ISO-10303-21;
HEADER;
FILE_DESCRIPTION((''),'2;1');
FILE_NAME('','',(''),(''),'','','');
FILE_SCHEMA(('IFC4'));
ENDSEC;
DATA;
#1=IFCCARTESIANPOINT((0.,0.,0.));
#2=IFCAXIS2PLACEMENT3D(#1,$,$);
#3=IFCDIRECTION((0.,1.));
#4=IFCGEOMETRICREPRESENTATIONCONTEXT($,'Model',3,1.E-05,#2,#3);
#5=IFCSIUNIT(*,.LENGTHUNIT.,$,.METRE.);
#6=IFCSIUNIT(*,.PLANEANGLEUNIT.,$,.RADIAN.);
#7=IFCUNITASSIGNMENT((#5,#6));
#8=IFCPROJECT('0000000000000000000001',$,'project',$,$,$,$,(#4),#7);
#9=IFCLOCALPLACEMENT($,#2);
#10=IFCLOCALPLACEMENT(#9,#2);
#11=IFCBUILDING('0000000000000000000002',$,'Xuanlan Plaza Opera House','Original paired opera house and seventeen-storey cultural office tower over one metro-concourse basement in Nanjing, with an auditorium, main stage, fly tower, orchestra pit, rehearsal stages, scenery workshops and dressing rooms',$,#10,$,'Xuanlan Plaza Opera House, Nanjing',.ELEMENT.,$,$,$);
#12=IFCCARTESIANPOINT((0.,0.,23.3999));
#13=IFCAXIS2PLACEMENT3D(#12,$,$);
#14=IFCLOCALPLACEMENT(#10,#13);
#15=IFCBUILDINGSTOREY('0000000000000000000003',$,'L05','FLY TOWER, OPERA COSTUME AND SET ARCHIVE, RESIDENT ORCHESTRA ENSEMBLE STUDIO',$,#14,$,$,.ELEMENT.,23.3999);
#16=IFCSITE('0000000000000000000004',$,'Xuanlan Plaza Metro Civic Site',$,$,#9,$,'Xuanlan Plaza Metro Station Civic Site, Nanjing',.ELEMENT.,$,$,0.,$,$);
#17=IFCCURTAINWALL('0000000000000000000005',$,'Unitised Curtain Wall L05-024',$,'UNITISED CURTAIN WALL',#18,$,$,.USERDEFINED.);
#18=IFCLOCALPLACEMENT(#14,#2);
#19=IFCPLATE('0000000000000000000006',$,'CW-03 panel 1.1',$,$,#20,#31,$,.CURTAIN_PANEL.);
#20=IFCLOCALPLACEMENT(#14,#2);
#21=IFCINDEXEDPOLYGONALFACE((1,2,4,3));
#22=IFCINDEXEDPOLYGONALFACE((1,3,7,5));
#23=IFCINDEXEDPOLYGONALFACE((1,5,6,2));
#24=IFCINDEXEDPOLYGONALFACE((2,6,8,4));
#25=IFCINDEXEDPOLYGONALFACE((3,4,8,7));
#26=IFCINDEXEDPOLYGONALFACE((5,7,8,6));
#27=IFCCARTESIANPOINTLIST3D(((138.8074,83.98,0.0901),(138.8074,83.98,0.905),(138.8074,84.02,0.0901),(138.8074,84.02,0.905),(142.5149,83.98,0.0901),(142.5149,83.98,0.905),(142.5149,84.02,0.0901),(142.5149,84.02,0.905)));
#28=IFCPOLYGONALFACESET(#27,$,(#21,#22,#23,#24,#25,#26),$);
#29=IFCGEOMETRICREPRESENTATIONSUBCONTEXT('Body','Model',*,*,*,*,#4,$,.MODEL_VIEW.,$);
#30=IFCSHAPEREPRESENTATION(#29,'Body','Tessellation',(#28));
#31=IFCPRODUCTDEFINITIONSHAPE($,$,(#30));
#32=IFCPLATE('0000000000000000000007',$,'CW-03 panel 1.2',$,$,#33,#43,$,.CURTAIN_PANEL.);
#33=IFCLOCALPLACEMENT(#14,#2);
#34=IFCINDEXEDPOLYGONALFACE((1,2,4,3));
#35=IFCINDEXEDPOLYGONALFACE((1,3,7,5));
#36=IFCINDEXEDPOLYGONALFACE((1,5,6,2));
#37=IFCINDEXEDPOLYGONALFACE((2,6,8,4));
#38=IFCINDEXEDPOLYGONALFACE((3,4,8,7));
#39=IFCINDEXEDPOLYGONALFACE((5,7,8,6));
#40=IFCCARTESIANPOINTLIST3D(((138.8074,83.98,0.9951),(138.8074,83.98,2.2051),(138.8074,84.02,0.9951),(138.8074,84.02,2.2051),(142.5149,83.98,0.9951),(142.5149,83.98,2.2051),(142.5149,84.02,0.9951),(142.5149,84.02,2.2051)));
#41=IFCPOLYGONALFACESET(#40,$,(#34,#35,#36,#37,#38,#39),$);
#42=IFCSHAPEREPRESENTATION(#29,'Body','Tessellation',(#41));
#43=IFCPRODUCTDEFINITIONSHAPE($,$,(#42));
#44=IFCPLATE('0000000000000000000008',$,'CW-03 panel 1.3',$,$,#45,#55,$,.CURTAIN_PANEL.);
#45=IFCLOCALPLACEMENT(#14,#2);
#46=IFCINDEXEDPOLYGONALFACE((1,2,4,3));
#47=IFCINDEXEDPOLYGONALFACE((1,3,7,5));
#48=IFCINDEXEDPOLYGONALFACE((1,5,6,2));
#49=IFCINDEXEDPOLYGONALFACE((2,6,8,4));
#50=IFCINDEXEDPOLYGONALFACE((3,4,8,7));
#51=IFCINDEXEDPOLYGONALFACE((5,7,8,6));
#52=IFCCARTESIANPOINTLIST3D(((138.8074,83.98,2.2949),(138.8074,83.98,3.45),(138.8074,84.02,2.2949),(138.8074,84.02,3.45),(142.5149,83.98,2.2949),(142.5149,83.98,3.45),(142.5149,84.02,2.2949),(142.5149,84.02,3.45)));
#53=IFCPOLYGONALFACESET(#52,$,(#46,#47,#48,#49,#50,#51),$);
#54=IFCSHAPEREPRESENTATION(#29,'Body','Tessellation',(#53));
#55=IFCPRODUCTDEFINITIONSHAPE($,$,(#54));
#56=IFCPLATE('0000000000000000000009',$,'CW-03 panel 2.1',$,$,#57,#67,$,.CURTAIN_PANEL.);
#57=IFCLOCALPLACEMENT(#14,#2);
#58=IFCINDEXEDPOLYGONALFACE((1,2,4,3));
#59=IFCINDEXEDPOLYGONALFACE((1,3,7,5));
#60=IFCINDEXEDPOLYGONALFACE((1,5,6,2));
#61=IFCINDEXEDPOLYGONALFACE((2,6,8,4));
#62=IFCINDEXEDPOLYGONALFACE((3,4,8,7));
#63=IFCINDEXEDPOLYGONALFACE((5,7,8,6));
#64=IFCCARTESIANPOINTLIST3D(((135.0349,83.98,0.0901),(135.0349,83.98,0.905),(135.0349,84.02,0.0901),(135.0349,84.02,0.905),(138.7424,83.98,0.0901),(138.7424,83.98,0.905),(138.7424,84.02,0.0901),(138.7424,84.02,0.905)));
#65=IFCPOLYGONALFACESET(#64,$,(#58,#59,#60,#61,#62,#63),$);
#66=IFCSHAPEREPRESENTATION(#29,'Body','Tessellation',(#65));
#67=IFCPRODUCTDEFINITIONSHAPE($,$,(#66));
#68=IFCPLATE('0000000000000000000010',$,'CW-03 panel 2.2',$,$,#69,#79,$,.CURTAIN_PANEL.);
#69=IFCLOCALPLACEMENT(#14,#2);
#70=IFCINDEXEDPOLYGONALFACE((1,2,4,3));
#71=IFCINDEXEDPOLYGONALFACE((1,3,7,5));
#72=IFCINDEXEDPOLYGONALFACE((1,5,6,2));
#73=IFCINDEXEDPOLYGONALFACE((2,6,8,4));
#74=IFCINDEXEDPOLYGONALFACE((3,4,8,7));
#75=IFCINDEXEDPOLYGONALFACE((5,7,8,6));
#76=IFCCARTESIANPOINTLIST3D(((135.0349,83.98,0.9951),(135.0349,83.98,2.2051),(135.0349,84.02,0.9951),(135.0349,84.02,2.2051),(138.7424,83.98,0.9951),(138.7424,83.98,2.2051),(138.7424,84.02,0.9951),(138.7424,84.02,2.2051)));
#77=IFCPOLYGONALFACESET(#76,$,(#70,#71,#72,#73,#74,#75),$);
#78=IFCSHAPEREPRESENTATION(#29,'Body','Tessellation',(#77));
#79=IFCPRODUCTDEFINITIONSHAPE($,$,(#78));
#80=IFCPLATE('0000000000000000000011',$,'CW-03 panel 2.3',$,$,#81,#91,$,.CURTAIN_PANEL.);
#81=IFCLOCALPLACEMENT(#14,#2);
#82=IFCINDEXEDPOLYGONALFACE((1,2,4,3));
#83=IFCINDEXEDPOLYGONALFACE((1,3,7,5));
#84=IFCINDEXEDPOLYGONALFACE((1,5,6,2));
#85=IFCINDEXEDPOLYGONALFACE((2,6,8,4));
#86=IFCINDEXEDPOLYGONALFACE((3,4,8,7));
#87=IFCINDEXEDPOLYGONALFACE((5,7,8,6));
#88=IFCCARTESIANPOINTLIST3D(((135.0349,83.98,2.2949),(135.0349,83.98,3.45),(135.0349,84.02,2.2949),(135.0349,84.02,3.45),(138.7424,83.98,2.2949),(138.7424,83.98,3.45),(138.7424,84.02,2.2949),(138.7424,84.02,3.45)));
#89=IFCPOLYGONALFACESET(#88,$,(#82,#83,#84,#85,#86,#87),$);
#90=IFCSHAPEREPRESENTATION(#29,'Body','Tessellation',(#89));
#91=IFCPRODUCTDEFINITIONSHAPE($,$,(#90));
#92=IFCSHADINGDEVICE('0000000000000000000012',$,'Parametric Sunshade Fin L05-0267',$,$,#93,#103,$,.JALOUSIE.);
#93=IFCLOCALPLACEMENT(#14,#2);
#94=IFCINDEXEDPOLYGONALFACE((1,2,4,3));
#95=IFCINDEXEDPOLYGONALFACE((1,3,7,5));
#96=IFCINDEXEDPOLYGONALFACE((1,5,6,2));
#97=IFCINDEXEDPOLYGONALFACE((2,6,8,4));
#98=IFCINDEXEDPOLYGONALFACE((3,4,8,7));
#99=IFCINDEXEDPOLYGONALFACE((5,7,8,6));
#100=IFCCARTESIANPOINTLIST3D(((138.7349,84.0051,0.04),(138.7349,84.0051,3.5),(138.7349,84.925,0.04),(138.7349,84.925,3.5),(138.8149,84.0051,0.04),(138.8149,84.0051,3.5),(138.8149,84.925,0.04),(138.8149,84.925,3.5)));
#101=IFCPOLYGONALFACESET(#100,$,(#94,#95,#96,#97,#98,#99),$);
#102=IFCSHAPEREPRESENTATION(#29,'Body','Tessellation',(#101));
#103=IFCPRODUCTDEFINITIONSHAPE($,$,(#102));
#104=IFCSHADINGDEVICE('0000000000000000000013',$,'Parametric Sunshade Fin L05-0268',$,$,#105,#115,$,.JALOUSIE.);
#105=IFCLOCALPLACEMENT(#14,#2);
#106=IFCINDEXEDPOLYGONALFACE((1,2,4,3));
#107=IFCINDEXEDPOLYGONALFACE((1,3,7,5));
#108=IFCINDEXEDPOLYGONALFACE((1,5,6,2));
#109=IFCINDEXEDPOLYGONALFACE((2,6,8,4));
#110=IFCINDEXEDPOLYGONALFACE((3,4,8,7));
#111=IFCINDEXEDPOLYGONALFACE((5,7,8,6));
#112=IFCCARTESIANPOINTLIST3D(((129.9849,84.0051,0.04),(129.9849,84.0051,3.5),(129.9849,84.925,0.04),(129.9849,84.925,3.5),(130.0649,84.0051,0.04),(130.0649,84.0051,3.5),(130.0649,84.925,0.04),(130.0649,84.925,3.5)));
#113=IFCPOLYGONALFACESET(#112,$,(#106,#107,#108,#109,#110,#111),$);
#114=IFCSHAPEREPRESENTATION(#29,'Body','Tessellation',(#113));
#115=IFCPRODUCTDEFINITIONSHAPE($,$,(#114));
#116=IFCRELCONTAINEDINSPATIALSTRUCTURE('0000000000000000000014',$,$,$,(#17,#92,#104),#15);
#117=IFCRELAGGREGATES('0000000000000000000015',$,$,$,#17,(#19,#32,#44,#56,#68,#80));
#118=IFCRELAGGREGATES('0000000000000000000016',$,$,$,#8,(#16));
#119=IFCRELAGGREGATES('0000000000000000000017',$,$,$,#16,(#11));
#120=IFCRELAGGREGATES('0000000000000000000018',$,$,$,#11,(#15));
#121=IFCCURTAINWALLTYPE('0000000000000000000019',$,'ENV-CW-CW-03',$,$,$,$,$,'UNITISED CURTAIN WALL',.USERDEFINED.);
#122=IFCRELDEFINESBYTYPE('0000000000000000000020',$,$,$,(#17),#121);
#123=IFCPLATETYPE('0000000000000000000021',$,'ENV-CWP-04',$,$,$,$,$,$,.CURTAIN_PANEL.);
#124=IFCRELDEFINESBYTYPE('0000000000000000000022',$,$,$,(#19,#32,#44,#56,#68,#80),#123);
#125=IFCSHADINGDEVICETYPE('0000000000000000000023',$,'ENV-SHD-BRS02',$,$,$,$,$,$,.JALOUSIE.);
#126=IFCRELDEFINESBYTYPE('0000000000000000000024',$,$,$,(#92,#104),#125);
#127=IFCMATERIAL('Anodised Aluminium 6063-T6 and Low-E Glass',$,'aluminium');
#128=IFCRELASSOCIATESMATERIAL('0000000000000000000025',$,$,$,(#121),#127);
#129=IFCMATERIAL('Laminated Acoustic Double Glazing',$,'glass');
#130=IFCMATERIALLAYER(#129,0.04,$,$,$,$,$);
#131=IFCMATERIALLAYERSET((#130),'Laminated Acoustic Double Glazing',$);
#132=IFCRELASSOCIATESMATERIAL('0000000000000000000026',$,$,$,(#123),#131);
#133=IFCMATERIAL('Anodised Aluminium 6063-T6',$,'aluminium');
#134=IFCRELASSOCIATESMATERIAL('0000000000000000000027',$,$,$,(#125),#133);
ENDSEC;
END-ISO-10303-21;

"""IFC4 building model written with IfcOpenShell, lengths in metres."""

from ifc_helpers import new_model, si_unit, direction, frame, origin, origin_2d, place, context, subcontext, project, spatial, rectangle, extrude, material, layer, layer_set, type_object, element, aggregate, save


model = new_model("IFC4")

# Units and contexts
model_context = context("Model", 3, precision=1e-05, world=origin(), true_north=direction((0.0, 1.0)))
body_context = subcontext(model_context, "Body", "Model", "MODEL_VIEW")
ifc_project = project(units=[si_unit("LENGTHUNIT", "METRE"), si_unit("PLANEANGLEUNIT", "RADIAN")], contexts=[model_context])

# Site, building, storey
site_placement = place(None, origin())
site = spatial("IfcSite", under=ifc_project, at=site_placement, Name="Xuanlan Plaza Metro Civic Site", LongName="Xuanlan Plaza Metro Station Civic Site, Nanjing", CompositionType="ELEMENT", RefElevation=0.0)
building_placement = place(site_placement, origin())
building = spatial("IfcBuilding", under=site, at=building_placement, Name="Xuanlan Plaza Opera House", Description="Original paired opera house and seventeen-storey cultural office tower over one metro-concourse basement in Nanjing, with an auditorium, main stage, fly tower, orchestra pit, rehearsal stages, scenery workshops and dressing rooms", LongName="Xuanlan Plaza Opera House, Nanjing", CompositionType="ELEMENT")
storey_placement = place(building_placement, frame((0.0, 0.0, 23.3999)))
storey = spatial("IfcBuildingStorey", under=building, at=storey_placement, Name="L05", Description="FLY TOWER, OPERA COSTUME AND SET ARCHIVE, RESIDENT ORCHESTRA ENSEMBLE STUDIO", CompositionType="ELEMENT", Elevation=23.3999)

# Curtain wall
ifc_material_1 = material(Name="Anodised Aluminium 6063-T6 and Low-E Glass", Category="aluminium")
curtain_wall_type_1 = type_object("IfcCurtainWallType", Name="ENV-CW-CW-03", ElementType="UNITISED CURTAIN WALL", PredefinedType="USERDEFINED", material=ifc_material_1)
curtain_wall_1_placement = place(storey_placement, origin())
curtain_wall_1 = element("IfcCurtainWall", 1, at=curtain_wall_1_placement, inside=storey, type_object=curtain_wall_type_1, Name="Unitised Curtain Wall L05-024", ObjectType="UNITISED CURTAIN WALL", PredefinedType="USERDEFINED")
ifc_material_2 = material(Name="Anodised Aluminium 6063-T6", Category="aluminium")

# Plates
ifc_material_3 = material(Name="Laminated Acoustic Double Glazing", Category="glass")
ifc_layer_1 = layer(ifc_material_3, 0.04)
ifc_layer_set_1 = layer_set([ifc_layer_1], Name="Laminated Acoustic Double Glazing")
plate_type_1 = type_object("IfcPlateType", Name="ENV-CWP-04", PredefinedType="CURTAIN_PANEL", material=ifc_layer_set_1)
plate_1_placement = place(storey_placement, frame((140.6611, 84.0, 0.0901), z_axis=(0.0, 0.0, 1.0), x_axis=(-1.0, 0.0, 0.0)))
plate_1 = element("IfcPlate", 2, at=plate_1_placement, type_object=plate_type_1, Name="CW-03 panel 1.1", PredefinedType="CURTAIN_PANEL", context=body_context, shape_type="SweptSolid", body=[
    extrude(rectangle(XDim=3.7075, YDim=0.04, at=origin_2d()), origin(), (0.0, 0.0, 1.0), 0.8149),
])
plate_2_placement = place(storey_placement, frame((140.6611, 84.0, 0.9951), z_axis=(0.0, 0.0, 1.0), x_axis=(-1.0, 0.0, 0.0)))
plate_2 = element("IfcPlate", 3, at=plate_2_placement, type_object=plate_type_1, Name="CW-03 panel 1.2", PredefinedType="CURTAIN_PANEL", context=body_context, shape_type="SweptSolid", body=[
    extrude(rectangle(XDim=3.7075, YDim=0.04, at=origin_2d()), origin(), (0.0, 0.0, 1.0), 1.21),
])
plate_3_placement = place(storey_placement, frame((140.6611, 84.0, 2.2949), z_axis=(0.0, 0.0, 1.0), x_axis=(-1.0, 0.0, 0.0)))
plate_3 = element("IfcPlate", 4, at=plate_3_placement, type_object=plate_type_1, Name="CW-03 panel 1.3", PredefinedType="CURTAIN_PANEL", context=body_context, shape_type="SweptSolid", body=[
    extrude(rectangle(XDim=3.7075, YDim=0.04, at=origin_2d()), origin(), (0.0, 0.0, 1.0), 1.155),
])
plate_4_placement = place(storey_placement, frame((136.8887, 84.0, 0.0901), z_axis=(0.0, 0.0, 1.0), x_axis=(-1.0, 0.0, 0.0)))
plate_4 = element("IfcPlate", 5, at=plate_4_placement, type_object=plate_type_1, Name="CW-03 panel 2.1", PredefinedType="CURTAIN_PANEL", context=body_context, shape_type="SweptSolid", body=[
    extrude(rectangle(XDim=3.7075, YDim=0.04, at=origin_2d()), origin(), (0.0, 0.0, 1.0), 0.8149),
])
plate_5_placement = place(storey_placement, frame((136.8887, 84.0, 0.9951), z_axis=(0.0, 0.0, 1.0), x_axis=(-1.0, 0.0, 0.0)))
plate_5 = element("IfcPlate", 6, at=plate_5_placement, type_object=plate_type_1, Name="CW-03 panel 2.2", PredefinedType="CURTAIN_PANEL", context=body_context, shape_type="SweptSolid", body=[
    extrude(rectangle(XDim=3.7075, YDim=0.04, at=origin_2d()), origin(), (0.0, 0.0, 1.0), 1.21),
])
plate_6_placement = place(storey_placement, frame((136.8887, 84.0, 2.2949), z_axis=(0.0, 0.0, 1.0), x_axis=(-1.0, 0.0, 0.0)))
plate_6 = element("IfcPlate", 7, at=plate_6_placement, type_object=plate_type_1, Name="CW-03 panel 2.3", PredefinedType="CURTAIN_PANEL", context=body_context, shape_type="SweptSolid", body=[
    extrude(rectangle(XDim=3.7075, YDim=0.04, at=origin_2d()), origin(), (0.0, 0.0, 1.0), 1.155),
])
aggregate(curtain_wall_1, [plate_1, plate_2, plate_3, plate_4, plate_5, plate_6])

# Shading devices
shading_device_type = type_object("IfcShadingDeviceType", Name="ENV-SHD-BRS02", PredefinedType="JALOUSIE", material=ifc_material_2)
for number, where, z_axis, x_axis, name in (
    (8, (138.7749, 84.4651, 0.04), (0.0, 0.0, 1.0), (0.0, 1.0, 0.0), "Parametric Sunshade Fin L05-0267"),
    (9, (130.0249, 84.4651, 0.04), (0.0, 0.0, 1.0), (0.0, 1.0, 0.0), "Parametric Sunshade Fin L05-0268"),
):
    element("IfcShadingDevice", number, at=place(storey_placement, frame(where, z_axis=z_axis, x_axis=x_axis)), inside=storey, type_object=shading_device_type, Name=name, PredefinedType="JALOUSIE", context=body_context, shape_type="SweptSolid", body=[
        extrude(rectangle(XDim=0.9199, YDim=0.0801, at=origin_2d()), origin(), (0.0, 0.0, 1.0), 3.46),
    ])

save(model, "model.ifc")
